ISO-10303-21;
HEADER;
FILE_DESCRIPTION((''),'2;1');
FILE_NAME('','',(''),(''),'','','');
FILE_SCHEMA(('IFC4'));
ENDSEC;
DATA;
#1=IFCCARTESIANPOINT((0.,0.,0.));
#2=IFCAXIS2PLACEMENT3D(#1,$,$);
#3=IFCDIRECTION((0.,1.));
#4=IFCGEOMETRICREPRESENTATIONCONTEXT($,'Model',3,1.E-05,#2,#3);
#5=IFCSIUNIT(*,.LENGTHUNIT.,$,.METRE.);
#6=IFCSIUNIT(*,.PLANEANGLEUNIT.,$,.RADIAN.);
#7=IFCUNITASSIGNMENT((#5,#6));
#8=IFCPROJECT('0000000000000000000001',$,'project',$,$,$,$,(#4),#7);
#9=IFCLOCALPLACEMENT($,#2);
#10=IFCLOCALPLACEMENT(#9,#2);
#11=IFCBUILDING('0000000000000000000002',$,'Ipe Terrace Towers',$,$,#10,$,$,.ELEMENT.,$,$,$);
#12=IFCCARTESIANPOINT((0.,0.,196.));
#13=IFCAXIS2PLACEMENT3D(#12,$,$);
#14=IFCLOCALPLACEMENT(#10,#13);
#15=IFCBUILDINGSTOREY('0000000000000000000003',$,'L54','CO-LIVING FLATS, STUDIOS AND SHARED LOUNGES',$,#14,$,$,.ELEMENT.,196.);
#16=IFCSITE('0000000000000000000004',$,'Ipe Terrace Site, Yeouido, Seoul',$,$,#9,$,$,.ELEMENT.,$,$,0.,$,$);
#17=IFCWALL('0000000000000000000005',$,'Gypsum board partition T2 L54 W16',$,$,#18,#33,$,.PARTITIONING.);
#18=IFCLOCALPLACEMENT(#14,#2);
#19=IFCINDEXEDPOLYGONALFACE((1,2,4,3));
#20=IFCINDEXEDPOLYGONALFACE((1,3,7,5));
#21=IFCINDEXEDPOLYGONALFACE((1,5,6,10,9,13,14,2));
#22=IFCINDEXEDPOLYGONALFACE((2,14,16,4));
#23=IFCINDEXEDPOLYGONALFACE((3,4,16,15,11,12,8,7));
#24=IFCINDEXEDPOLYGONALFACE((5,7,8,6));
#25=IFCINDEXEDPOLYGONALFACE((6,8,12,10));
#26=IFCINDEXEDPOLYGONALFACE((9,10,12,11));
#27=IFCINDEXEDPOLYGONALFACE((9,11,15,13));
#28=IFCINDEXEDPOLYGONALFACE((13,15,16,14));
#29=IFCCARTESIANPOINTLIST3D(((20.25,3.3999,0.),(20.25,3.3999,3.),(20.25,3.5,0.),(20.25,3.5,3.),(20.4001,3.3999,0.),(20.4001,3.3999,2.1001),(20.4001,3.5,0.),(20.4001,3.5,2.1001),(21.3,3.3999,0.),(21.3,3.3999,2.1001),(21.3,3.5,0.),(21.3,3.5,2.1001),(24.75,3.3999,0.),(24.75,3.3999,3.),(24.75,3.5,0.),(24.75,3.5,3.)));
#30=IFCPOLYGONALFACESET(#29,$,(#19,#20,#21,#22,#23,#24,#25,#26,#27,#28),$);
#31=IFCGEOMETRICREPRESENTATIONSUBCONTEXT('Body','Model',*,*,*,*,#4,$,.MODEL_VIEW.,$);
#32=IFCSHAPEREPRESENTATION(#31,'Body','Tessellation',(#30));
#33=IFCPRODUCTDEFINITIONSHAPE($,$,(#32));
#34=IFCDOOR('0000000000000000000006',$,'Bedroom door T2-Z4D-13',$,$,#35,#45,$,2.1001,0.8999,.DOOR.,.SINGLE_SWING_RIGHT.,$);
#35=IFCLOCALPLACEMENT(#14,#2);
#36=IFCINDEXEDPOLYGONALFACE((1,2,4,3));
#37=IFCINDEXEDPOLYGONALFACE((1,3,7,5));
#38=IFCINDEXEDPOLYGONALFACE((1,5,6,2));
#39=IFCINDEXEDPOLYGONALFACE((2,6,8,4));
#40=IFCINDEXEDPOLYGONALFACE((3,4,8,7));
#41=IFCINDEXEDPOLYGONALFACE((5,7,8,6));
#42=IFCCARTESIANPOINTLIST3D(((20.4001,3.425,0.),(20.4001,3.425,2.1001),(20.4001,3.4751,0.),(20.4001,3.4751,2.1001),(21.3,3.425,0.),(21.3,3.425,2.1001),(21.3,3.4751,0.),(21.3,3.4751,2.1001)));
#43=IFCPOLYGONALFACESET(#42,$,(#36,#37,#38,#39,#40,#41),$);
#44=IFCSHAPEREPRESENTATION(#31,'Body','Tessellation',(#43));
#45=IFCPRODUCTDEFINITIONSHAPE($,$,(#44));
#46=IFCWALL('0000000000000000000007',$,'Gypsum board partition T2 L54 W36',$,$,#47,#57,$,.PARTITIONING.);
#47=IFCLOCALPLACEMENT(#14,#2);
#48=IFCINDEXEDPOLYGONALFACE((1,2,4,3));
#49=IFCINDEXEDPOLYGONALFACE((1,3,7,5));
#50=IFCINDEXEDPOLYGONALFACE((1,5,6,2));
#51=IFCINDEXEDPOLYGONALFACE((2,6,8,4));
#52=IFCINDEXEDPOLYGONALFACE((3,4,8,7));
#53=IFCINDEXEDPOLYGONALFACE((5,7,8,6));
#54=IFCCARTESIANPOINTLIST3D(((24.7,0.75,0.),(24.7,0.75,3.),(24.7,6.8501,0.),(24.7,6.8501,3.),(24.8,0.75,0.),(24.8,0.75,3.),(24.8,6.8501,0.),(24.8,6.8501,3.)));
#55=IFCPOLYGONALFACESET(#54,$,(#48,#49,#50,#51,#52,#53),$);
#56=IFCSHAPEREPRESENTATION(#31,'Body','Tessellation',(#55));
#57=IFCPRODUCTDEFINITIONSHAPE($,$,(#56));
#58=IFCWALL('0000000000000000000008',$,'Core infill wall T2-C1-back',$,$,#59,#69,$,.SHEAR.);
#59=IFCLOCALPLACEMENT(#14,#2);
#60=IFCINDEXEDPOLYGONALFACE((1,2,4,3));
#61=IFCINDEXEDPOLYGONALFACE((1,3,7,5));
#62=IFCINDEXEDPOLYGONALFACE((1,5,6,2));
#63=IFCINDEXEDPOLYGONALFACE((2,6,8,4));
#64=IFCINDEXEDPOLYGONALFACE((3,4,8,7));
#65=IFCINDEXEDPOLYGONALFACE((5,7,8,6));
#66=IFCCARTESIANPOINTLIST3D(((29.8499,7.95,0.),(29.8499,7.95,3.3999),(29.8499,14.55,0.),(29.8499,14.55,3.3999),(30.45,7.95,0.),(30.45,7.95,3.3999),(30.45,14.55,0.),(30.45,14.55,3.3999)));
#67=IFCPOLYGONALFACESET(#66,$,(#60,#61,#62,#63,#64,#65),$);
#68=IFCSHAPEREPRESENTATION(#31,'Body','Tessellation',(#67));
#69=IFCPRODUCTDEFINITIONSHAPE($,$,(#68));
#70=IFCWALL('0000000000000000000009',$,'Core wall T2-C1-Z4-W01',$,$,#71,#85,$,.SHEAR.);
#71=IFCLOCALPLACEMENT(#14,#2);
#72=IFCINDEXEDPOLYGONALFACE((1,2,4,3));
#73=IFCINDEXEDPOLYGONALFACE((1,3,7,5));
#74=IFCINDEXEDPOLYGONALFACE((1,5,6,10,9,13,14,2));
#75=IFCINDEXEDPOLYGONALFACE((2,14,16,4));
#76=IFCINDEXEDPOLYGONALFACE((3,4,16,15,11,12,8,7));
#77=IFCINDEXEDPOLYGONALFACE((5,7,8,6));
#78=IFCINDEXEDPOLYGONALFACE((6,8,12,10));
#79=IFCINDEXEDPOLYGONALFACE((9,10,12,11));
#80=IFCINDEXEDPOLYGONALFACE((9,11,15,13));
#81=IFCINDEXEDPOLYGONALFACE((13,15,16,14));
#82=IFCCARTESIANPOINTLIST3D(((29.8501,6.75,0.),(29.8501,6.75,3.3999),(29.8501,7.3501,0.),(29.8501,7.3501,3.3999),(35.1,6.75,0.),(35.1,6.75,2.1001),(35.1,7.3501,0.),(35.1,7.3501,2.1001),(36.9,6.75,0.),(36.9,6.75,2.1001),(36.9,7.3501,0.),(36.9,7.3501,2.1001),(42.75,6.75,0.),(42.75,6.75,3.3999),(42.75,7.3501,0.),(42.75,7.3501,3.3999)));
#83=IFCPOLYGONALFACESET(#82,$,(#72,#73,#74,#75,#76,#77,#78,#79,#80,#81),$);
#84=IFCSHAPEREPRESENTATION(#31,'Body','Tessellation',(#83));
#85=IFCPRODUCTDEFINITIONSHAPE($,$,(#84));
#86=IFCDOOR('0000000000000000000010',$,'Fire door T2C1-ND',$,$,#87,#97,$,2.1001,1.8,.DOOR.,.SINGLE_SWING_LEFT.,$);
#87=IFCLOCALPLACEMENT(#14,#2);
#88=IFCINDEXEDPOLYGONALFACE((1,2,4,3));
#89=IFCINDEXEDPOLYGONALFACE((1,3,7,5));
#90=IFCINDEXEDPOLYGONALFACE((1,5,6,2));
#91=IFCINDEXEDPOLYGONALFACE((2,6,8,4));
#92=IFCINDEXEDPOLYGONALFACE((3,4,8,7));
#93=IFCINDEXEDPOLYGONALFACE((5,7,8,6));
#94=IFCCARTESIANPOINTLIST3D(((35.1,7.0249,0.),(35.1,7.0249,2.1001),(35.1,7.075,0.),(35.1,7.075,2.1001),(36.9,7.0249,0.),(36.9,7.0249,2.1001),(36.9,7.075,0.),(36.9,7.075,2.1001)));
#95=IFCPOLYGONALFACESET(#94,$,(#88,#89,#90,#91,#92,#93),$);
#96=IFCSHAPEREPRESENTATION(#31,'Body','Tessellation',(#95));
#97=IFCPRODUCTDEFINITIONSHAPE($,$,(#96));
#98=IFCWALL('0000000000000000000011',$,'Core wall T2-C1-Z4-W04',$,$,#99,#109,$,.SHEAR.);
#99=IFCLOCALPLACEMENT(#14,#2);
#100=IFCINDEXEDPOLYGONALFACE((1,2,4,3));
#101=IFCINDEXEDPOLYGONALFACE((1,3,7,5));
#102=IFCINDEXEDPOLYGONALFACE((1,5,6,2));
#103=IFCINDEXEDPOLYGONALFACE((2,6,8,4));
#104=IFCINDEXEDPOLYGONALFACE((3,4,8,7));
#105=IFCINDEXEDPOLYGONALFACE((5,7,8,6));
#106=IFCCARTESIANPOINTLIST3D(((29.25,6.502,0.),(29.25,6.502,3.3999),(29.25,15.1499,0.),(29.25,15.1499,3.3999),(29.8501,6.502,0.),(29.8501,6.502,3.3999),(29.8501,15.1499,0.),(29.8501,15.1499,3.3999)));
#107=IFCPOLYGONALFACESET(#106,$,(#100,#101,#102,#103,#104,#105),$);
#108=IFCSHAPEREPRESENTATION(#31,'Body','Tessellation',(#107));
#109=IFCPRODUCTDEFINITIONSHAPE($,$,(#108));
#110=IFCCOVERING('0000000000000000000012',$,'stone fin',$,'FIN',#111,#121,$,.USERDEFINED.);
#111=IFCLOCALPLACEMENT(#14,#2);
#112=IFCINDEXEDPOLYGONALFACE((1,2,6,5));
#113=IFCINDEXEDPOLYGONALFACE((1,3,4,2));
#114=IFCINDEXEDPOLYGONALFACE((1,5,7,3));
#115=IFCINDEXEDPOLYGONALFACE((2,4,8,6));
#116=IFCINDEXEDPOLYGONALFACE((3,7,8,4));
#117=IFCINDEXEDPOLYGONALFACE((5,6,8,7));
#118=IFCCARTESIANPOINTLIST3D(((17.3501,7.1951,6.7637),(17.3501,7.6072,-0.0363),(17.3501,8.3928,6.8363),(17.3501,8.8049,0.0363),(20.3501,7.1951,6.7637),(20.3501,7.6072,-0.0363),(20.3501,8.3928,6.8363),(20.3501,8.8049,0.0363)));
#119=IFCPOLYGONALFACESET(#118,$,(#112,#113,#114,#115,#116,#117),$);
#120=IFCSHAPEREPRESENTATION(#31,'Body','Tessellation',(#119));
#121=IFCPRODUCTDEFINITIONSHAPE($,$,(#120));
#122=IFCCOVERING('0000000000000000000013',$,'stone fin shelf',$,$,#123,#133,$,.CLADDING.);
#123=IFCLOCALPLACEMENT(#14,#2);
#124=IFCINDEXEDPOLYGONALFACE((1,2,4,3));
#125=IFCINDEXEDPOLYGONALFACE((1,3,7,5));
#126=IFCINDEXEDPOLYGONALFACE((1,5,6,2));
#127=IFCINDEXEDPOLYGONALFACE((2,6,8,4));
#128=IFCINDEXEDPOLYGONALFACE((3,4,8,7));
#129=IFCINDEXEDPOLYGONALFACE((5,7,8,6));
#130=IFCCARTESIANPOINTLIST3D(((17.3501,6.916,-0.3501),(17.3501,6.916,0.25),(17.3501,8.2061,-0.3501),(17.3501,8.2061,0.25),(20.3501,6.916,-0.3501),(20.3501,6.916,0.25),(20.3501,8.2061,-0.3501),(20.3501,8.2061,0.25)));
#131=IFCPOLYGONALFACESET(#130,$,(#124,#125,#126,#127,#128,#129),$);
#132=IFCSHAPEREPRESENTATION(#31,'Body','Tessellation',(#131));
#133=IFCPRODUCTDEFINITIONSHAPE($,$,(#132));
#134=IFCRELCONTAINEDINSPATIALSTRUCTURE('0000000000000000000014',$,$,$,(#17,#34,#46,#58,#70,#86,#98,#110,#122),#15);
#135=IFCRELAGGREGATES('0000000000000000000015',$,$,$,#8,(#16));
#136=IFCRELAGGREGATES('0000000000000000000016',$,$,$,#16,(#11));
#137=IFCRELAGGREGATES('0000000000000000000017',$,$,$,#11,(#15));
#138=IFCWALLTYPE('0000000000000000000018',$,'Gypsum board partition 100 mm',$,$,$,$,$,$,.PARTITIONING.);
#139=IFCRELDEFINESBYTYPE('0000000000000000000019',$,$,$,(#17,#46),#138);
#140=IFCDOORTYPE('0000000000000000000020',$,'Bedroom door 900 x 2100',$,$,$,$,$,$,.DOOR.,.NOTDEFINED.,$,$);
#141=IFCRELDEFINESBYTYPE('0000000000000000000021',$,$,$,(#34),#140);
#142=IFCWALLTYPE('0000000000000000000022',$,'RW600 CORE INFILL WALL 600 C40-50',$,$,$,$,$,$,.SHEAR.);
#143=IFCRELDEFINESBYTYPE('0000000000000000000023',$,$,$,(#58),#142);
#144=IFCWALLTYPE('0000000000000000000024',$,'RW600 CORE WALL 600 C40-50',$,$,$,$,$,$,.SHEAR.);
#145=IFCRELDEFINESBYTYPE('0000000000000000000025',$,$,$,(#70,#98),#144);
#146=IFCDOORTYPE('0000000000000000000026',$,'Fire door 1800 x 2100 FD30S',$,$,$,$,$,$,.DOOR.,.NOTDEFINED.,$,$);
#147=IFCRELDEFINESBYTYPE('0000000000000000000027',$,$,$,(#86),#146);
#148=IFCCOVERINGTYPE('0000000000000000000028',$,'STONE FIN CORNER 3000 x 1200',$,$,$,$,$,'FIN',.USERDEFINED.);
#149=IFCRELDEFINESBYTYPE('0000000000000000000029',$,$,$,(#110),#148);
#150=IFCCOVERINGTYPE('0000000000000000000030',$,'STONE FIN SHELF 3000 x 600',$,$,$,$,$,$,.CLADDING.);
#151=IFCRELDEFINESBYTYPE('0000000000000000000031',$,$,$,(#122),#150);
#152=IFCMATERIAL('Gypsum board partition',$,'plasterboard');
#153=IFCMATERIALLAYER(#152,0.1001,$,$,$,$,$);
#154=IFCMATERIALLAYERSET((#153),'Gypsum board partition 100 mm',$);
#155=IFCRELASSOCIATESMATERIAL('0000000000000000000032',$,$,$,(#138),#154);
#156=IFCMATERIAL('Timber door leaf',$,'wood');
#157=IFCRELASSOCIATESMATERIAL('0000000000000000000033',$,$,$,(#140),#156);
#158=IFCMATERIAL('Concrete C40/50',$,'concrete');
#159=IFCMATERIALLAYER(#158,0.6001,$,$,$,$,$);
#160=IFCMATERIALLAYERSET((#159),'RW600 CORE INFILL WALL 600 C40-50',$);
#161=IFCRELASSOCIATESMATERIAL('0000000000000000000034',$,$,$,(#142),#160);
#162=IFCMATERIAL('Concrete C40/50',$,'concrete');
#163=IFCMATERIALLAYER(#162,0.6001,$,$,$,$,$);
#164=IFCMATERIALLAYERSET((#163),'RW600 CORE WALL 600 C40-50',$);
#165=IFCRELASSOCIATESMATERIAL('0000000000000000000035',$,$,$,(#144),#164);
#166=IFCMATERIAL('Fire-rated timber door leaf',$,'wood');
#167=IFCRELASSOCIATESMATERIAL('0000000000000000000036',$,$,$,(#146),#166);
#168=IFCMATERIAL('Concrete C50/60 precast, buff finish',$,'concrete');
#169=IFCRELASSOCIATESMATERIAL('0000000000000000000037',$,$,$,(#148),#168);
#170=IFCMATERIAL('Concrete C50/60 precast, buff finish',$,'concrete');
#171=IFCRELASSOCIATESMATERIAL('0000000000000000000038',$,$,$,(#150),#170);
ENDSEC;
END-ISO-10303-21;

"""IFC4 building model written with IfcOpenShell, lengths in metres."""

from ifc_helpers import new_model, si_unit, direction, frame, frame_2d, origin, origin_2d, place, context, subcontext, project, spatial, rectangle, extrude, material, layer, layer_set, material_profile, profile_set, type_object, element, fill, save


model = new_model("IFC4")

# Units and contexts
model_context = context("Model", 3, precision=1e-05, world=origin(), true_north=direction((0.0, 1.0)))
body_context = subcontext(model_context, "Body", "Model", "MODEL_VIEW")
ifc_project = project(units=[si_unit("LENGTHUNIT", "METRE"), si_unit("PLANEANGLEUNIT", "RADIAN")], contexts=[model_context])

# Site, building, storey
site_placement = place(None, origin())
site = spatial("IfcSite", under=ifc_project, at=site_placement, Name="Ipe Terrace Site, Yeouido, Seoul", CompositionType="ELEMENT", RefElevation=0.0)
building_placement = place(site_placement, origin())
building = spatial("IfcBuilding", under=site, at=building_placement, Name="Ipe Terrace Towers", CompositionType="ELEMENT")
storey_placement = place(building_placement, frame((0.0, 0.0, 196.0)))
storey = spatial("IfcBuildingStorey", under=building, at=storey_placement, Name="L54", Description="CO-LIVING FLATS, STUDIOS AND SHARED LOUNGES", CompositionType="ELEMENT", Elevation=196.0)

# Shared definitions
ifc_material_1 = material(Name="Gypsum board partition", Category="plasterboard")
ifc_layer_1 = layer(ifc_material_1, 0.1001)
ifc_layer_set_1 = layer_set([ifc_layer_1], Name="Gypsum board partition 100 mm")
wall_type_1 = type_object("IfcWallType", Name="Gypsum board partition 100 mm", PredefinedType="PARTITIONING", material=ifc_layer_set_1)

# Wall, opening, door
ifc_material_2 = material(Name="Timber door leaf", Category="wood")
door_type_1 = type_object("IfcDoorType", Name="Bedroom door 900 x 2100", OperationType="NOTDEFINED", PredefinedType="DOOR", material=ifc_material_2)
wall_1_placement = place(storey_placement, frame((24.75, 3.45, 0.0), z_axis=(0.0, 0.0, 1.0), x_axis=(-1.0, 0.0, 0.0)))
wall_1 = element("IfcWall", 1, at=wall_1_placement, inside=storey, type_object=wall_type_1, Name="Gypsum board partition T2 L54 W16", PredefinedType="PARTITIONING", context=body_context, shape_type="SweptSolid", body=[
    extrude(rectangle(XDim=4.5, YDim=0.1001, at=frame_2d((2.25, 0.0))), origin(), (0.0, 0.0, 1.0), 3.0),
])
opening_1_placement = place(wall_1_placement, frame((3.45, 0.0, 0.0)))
opening_1 = element("IfcOpeningElement", 2, at=opening_1_placement, cuts=wall_1, PredefinedType="OPENING", context=body_context, shape_type="SweptSolid", body=[
    extrude(rectangle(XDim=0.8999, YDim=2.1001, at=frame_2d((0.45, 1.05))), frame((0.0, 0.0601, 0.0), z_axis=(0.0, -1.0, 0.0), x_axis=(1.0, 0.0, 0.0)), (0.0, 0.0, 1.0), 0.1201),
])
door_1_placement = place(opening_1_placement, origin())
door_1 = element("IfcDoor", 3, at=door_1_placement, inside=storey, type_object=door_type_1, Name="Bedroom door T2-Z4D-13", OperationType="SINGLE_SWING_RIGHT", OverallHeight=2.1001, OverallWidth=0.8999, PredefinedType="DOOR", context=body_context, shape_type="SweptSolid", body=[
    extrude(rectangle(XDim=0.8999, YDim=2.1001, at=frame_2d((0.45, 1.05))), frame((0.0, 0.0249, 0.0), z_axis=(0.0, -1.0, 0.0), x_axis=(1.0, 0.0, 0.0)), (0.0, 0.0, 1.0), 0.05),
])
fill(opening_1, door_1)

# Walls
wall_2_placement = place(storey_placement, frame((24.75, 0.75, 0.0), z_axis=(0.0, 0.0, 1.0), x_axis=(0.0, 1.0, 0.0)))
element("IfcWall", 4, at=wall_2_placement, inside=storey, type_object=wall_type_1, Name="Gypsum board partition T2 L54 W36", PredefinedType="PARTITIONING", context=body_context, shape_type="SweptSolid", body=[
    extrude(rectangle(XDim=6.1001, YDim=0.1001, at=frame_2d((3.05, 0.0))), origin(), (0.0, 0.0, 1.0), 3.0),
])
ifc_material_3 = material(Name="Concrete C40/50", Category="concrete")
ifc_layer_2 = layer(ifc_material_3, 0.6001)
ifc_layer_set_2 = layer_set([ifc_layer_2], Name="RW600 CORE INFILL WALL 600 C40-50")
wall_type_2 = type_object("IfcWallType", Name="RW600 CORE INFILL WALL 600 C40-50", PredefinedType="SHEAR", material=ifc_layer_set_2)
wall_3_placement = place(storey_placement, frame((30.1499, 7.95, 0.0), z_axis=(0.0, 0.0, 1.0), x_axis=(0.0, 1.0, 0.0)))
element("IfcWall", 5, at=wall_3_placement, inside=storey, type_object=wall_type_2, Name="Core infill wall T2-C1-back", PredefinedType="SHEAR", context=body_context, shape_type="SweptSolid", body=[
    extrude(rectangle(XDim=6.6001, YDim=0.6001, at=frame_2d((3.3, 0.0))), origin(), (0.0, 0.0, 1.0), 3.3999),
])

# Wall, opening, door
ifc_material_4 = material(Name="Concrete C40/50", Category="concrete")
ifc_layer_3 = layer(ifc_material_4, 0.6001)
ifc_layer_set_3 = layer_set([ifc_layer_3], Name="RW600 CORE WALL 600 C40-50")
wall_type_3 = type_object("IfcWallType", Name="RW600 CORE WALL 600 C40-50", PredefinedType="SHEAR", material=ifc_layer_set_3)
wall_4_placement = place(storey_placement, frame((29.8501, 7.05, 0.0), z_axis=(0.0, 0.0, 1.0), x_axis=(1.0, 0.0, 0.0)))
wall_4 = element("IfcWall", 6, at=wall_4_placement, inside=storey, type_object=wall_type_3, Name="Core wall T2-C1-Z4-W01", PredefinedType="SHEAR", context=body_context, shape_type="SweptSolid", body=[
    extrude(rectangle(XDim=12.8999, YDim=0.6001, at=frame_2d((6.45, 0.0))), origin(), (0.0, 0.0, 1.0), 3.3999),
])
opening_2_placement = place(wall_4_placement, frame((5.25, 0.0, 0.0)))
opening_2 = element("IfcOpeningElement", 7, at=opening_2_placement, cuts=wall_4, PredefinedType="OPENING", context=body_context, shape_type="SweptSolid", body=[
    extrude(rectangle(XDim=1.8, YDim=2.1001, at=frame_2d((0.8999, 1.05))), frame((0.0, 0.3101, 0.0), z_axis=(0.0, -1.0, 0.0), x_axis=(1.0, 0.0, 0.0)), (0.0, 0.0, 1.0), 0.6201),
])
ifc_material_5 = material(Name="Fire-rated timber door leaf", Category="wood")
door_type_2 = type_object("IfcDoorType", Name="Fire door 1800 x 2100 FD30S", OperationType="NOTDEFINED", PredefinedType="DOOR", material=ifc_material_5)
door_2_placement = place(opening_2_placement, origin())
door_2 = element("IfcDoor", 8, at=door_2_placement, inside=storey, type_object=door_type_2, Name="Fire door T2C1-ND", OperationType="SINGLE_SWING_LEFT", OverallHeight=2.1001, OverallWidth=1.8, PredefinedType="DOOR", context=body_context, shape_type="SweptSolid", body=[
    extrude(rectangle(XDim=1.8, YDim=2.1001, at=frame_2d((0.8999, 1.05))), frame((0.0, 0.0249, 0.0), z_axis=(0.0, -1.0, 0.0), x_axis=(1.0, 0.0, 0.0)), (0.0, 0.0, 1.0), 0.05),
])
fill(opening_2, door_2)

# Wall
wall_5_placement = place(storey_placement, frame((29.55, 15.1499, 0.0), z_axis=(0.0, 0.0, 1.0), x_axis=(0.0, -1.0, 0.0)))
element("IfcWall", 9, at=wall_5_placement, inside=storey, type_object=wall_type_3, Name="Core wall T2-C1-Z4-W04", PredefinedType="SHEAR", context=body_context, shape_type="SweptSolid", body=[
    extrude(rectangle(XDim=8.6479, YDim=0.6001, at=frame_2d((4.324, 0.0))), origin(), (0.0, 0.0, 1.0), 3.3999),
])

# Coverings
ifc_material_6 = material(Name="Concrete C50/60 precast, buff finish", Category="concrete")
ifc_material_profile_1 = material_profile(ifc_material_6, rectangle(XDim=3.0, YDim=1.2, at=origin_2d()), Name="STONE FIN CORNER 3000 x 1200")
ifc_profile_set_1 = profile_set([ifc_material_profile_1], Name="Concrete C50/60 precast, buff finish")
covering_type_1 = type_object("IfcCoveringType", Name="STONE FIN CORNER 3000 x 1200", ElementType="FIN", PredefinedType="USERDEFINED", material=ifc_profile_set_1)
covering_1_placement = place(storey_placement, frame((18.8501, 8.2061, 0.0), z_axis=(0.0, -0.060493, 0.998169), x_axis=(-1.0, 0.0, 0.0)))
element("IfcCovering", 10, at=covering_1_placement, inside=storey, type_object=covering_type_1, Name="stone fin", ObjectType="FIN", PredefinedType="USERDEFINED", context=body_context, shape_type="SweptSolid", body=[
    extrude(rectangle(XDim=3.0, YDim=1.2, at=origin_2d()), origin(), (0.0, 0.0, 1.0), 6.8125),
])
ifc_material_7 = material(Name="Concrete C50/60 precast, buff finish", Category="concrete")
covering_type_2 = type_object("IfcCoveringType", Name="STONE FIN SHELF 3000 x 600", PredefinedType="CLADDING", material=ifc_material_7)
covering_2_placement = place(storey_placement, frame((18.8501, 7.561, -0.3501), z_axis=(0.0, 0.0, 1.0), x_axis=(-1.0, 0.0, 0.0)))
element("IfcCovering", 11, at=covering_2_placement, inside=storey, type_object=covering_type_2, Name="stone fin shelf", PredefinedType="CLADDING", context=body_context, shape_type="SweptSolid", body=[
    extrude(rectangle(XDim=3.0, YDim=1.29, at=origin_2d()), origin(), (0.0, 0.0, 1.0), 0.6001),
])

save(model, "model.ifc")
